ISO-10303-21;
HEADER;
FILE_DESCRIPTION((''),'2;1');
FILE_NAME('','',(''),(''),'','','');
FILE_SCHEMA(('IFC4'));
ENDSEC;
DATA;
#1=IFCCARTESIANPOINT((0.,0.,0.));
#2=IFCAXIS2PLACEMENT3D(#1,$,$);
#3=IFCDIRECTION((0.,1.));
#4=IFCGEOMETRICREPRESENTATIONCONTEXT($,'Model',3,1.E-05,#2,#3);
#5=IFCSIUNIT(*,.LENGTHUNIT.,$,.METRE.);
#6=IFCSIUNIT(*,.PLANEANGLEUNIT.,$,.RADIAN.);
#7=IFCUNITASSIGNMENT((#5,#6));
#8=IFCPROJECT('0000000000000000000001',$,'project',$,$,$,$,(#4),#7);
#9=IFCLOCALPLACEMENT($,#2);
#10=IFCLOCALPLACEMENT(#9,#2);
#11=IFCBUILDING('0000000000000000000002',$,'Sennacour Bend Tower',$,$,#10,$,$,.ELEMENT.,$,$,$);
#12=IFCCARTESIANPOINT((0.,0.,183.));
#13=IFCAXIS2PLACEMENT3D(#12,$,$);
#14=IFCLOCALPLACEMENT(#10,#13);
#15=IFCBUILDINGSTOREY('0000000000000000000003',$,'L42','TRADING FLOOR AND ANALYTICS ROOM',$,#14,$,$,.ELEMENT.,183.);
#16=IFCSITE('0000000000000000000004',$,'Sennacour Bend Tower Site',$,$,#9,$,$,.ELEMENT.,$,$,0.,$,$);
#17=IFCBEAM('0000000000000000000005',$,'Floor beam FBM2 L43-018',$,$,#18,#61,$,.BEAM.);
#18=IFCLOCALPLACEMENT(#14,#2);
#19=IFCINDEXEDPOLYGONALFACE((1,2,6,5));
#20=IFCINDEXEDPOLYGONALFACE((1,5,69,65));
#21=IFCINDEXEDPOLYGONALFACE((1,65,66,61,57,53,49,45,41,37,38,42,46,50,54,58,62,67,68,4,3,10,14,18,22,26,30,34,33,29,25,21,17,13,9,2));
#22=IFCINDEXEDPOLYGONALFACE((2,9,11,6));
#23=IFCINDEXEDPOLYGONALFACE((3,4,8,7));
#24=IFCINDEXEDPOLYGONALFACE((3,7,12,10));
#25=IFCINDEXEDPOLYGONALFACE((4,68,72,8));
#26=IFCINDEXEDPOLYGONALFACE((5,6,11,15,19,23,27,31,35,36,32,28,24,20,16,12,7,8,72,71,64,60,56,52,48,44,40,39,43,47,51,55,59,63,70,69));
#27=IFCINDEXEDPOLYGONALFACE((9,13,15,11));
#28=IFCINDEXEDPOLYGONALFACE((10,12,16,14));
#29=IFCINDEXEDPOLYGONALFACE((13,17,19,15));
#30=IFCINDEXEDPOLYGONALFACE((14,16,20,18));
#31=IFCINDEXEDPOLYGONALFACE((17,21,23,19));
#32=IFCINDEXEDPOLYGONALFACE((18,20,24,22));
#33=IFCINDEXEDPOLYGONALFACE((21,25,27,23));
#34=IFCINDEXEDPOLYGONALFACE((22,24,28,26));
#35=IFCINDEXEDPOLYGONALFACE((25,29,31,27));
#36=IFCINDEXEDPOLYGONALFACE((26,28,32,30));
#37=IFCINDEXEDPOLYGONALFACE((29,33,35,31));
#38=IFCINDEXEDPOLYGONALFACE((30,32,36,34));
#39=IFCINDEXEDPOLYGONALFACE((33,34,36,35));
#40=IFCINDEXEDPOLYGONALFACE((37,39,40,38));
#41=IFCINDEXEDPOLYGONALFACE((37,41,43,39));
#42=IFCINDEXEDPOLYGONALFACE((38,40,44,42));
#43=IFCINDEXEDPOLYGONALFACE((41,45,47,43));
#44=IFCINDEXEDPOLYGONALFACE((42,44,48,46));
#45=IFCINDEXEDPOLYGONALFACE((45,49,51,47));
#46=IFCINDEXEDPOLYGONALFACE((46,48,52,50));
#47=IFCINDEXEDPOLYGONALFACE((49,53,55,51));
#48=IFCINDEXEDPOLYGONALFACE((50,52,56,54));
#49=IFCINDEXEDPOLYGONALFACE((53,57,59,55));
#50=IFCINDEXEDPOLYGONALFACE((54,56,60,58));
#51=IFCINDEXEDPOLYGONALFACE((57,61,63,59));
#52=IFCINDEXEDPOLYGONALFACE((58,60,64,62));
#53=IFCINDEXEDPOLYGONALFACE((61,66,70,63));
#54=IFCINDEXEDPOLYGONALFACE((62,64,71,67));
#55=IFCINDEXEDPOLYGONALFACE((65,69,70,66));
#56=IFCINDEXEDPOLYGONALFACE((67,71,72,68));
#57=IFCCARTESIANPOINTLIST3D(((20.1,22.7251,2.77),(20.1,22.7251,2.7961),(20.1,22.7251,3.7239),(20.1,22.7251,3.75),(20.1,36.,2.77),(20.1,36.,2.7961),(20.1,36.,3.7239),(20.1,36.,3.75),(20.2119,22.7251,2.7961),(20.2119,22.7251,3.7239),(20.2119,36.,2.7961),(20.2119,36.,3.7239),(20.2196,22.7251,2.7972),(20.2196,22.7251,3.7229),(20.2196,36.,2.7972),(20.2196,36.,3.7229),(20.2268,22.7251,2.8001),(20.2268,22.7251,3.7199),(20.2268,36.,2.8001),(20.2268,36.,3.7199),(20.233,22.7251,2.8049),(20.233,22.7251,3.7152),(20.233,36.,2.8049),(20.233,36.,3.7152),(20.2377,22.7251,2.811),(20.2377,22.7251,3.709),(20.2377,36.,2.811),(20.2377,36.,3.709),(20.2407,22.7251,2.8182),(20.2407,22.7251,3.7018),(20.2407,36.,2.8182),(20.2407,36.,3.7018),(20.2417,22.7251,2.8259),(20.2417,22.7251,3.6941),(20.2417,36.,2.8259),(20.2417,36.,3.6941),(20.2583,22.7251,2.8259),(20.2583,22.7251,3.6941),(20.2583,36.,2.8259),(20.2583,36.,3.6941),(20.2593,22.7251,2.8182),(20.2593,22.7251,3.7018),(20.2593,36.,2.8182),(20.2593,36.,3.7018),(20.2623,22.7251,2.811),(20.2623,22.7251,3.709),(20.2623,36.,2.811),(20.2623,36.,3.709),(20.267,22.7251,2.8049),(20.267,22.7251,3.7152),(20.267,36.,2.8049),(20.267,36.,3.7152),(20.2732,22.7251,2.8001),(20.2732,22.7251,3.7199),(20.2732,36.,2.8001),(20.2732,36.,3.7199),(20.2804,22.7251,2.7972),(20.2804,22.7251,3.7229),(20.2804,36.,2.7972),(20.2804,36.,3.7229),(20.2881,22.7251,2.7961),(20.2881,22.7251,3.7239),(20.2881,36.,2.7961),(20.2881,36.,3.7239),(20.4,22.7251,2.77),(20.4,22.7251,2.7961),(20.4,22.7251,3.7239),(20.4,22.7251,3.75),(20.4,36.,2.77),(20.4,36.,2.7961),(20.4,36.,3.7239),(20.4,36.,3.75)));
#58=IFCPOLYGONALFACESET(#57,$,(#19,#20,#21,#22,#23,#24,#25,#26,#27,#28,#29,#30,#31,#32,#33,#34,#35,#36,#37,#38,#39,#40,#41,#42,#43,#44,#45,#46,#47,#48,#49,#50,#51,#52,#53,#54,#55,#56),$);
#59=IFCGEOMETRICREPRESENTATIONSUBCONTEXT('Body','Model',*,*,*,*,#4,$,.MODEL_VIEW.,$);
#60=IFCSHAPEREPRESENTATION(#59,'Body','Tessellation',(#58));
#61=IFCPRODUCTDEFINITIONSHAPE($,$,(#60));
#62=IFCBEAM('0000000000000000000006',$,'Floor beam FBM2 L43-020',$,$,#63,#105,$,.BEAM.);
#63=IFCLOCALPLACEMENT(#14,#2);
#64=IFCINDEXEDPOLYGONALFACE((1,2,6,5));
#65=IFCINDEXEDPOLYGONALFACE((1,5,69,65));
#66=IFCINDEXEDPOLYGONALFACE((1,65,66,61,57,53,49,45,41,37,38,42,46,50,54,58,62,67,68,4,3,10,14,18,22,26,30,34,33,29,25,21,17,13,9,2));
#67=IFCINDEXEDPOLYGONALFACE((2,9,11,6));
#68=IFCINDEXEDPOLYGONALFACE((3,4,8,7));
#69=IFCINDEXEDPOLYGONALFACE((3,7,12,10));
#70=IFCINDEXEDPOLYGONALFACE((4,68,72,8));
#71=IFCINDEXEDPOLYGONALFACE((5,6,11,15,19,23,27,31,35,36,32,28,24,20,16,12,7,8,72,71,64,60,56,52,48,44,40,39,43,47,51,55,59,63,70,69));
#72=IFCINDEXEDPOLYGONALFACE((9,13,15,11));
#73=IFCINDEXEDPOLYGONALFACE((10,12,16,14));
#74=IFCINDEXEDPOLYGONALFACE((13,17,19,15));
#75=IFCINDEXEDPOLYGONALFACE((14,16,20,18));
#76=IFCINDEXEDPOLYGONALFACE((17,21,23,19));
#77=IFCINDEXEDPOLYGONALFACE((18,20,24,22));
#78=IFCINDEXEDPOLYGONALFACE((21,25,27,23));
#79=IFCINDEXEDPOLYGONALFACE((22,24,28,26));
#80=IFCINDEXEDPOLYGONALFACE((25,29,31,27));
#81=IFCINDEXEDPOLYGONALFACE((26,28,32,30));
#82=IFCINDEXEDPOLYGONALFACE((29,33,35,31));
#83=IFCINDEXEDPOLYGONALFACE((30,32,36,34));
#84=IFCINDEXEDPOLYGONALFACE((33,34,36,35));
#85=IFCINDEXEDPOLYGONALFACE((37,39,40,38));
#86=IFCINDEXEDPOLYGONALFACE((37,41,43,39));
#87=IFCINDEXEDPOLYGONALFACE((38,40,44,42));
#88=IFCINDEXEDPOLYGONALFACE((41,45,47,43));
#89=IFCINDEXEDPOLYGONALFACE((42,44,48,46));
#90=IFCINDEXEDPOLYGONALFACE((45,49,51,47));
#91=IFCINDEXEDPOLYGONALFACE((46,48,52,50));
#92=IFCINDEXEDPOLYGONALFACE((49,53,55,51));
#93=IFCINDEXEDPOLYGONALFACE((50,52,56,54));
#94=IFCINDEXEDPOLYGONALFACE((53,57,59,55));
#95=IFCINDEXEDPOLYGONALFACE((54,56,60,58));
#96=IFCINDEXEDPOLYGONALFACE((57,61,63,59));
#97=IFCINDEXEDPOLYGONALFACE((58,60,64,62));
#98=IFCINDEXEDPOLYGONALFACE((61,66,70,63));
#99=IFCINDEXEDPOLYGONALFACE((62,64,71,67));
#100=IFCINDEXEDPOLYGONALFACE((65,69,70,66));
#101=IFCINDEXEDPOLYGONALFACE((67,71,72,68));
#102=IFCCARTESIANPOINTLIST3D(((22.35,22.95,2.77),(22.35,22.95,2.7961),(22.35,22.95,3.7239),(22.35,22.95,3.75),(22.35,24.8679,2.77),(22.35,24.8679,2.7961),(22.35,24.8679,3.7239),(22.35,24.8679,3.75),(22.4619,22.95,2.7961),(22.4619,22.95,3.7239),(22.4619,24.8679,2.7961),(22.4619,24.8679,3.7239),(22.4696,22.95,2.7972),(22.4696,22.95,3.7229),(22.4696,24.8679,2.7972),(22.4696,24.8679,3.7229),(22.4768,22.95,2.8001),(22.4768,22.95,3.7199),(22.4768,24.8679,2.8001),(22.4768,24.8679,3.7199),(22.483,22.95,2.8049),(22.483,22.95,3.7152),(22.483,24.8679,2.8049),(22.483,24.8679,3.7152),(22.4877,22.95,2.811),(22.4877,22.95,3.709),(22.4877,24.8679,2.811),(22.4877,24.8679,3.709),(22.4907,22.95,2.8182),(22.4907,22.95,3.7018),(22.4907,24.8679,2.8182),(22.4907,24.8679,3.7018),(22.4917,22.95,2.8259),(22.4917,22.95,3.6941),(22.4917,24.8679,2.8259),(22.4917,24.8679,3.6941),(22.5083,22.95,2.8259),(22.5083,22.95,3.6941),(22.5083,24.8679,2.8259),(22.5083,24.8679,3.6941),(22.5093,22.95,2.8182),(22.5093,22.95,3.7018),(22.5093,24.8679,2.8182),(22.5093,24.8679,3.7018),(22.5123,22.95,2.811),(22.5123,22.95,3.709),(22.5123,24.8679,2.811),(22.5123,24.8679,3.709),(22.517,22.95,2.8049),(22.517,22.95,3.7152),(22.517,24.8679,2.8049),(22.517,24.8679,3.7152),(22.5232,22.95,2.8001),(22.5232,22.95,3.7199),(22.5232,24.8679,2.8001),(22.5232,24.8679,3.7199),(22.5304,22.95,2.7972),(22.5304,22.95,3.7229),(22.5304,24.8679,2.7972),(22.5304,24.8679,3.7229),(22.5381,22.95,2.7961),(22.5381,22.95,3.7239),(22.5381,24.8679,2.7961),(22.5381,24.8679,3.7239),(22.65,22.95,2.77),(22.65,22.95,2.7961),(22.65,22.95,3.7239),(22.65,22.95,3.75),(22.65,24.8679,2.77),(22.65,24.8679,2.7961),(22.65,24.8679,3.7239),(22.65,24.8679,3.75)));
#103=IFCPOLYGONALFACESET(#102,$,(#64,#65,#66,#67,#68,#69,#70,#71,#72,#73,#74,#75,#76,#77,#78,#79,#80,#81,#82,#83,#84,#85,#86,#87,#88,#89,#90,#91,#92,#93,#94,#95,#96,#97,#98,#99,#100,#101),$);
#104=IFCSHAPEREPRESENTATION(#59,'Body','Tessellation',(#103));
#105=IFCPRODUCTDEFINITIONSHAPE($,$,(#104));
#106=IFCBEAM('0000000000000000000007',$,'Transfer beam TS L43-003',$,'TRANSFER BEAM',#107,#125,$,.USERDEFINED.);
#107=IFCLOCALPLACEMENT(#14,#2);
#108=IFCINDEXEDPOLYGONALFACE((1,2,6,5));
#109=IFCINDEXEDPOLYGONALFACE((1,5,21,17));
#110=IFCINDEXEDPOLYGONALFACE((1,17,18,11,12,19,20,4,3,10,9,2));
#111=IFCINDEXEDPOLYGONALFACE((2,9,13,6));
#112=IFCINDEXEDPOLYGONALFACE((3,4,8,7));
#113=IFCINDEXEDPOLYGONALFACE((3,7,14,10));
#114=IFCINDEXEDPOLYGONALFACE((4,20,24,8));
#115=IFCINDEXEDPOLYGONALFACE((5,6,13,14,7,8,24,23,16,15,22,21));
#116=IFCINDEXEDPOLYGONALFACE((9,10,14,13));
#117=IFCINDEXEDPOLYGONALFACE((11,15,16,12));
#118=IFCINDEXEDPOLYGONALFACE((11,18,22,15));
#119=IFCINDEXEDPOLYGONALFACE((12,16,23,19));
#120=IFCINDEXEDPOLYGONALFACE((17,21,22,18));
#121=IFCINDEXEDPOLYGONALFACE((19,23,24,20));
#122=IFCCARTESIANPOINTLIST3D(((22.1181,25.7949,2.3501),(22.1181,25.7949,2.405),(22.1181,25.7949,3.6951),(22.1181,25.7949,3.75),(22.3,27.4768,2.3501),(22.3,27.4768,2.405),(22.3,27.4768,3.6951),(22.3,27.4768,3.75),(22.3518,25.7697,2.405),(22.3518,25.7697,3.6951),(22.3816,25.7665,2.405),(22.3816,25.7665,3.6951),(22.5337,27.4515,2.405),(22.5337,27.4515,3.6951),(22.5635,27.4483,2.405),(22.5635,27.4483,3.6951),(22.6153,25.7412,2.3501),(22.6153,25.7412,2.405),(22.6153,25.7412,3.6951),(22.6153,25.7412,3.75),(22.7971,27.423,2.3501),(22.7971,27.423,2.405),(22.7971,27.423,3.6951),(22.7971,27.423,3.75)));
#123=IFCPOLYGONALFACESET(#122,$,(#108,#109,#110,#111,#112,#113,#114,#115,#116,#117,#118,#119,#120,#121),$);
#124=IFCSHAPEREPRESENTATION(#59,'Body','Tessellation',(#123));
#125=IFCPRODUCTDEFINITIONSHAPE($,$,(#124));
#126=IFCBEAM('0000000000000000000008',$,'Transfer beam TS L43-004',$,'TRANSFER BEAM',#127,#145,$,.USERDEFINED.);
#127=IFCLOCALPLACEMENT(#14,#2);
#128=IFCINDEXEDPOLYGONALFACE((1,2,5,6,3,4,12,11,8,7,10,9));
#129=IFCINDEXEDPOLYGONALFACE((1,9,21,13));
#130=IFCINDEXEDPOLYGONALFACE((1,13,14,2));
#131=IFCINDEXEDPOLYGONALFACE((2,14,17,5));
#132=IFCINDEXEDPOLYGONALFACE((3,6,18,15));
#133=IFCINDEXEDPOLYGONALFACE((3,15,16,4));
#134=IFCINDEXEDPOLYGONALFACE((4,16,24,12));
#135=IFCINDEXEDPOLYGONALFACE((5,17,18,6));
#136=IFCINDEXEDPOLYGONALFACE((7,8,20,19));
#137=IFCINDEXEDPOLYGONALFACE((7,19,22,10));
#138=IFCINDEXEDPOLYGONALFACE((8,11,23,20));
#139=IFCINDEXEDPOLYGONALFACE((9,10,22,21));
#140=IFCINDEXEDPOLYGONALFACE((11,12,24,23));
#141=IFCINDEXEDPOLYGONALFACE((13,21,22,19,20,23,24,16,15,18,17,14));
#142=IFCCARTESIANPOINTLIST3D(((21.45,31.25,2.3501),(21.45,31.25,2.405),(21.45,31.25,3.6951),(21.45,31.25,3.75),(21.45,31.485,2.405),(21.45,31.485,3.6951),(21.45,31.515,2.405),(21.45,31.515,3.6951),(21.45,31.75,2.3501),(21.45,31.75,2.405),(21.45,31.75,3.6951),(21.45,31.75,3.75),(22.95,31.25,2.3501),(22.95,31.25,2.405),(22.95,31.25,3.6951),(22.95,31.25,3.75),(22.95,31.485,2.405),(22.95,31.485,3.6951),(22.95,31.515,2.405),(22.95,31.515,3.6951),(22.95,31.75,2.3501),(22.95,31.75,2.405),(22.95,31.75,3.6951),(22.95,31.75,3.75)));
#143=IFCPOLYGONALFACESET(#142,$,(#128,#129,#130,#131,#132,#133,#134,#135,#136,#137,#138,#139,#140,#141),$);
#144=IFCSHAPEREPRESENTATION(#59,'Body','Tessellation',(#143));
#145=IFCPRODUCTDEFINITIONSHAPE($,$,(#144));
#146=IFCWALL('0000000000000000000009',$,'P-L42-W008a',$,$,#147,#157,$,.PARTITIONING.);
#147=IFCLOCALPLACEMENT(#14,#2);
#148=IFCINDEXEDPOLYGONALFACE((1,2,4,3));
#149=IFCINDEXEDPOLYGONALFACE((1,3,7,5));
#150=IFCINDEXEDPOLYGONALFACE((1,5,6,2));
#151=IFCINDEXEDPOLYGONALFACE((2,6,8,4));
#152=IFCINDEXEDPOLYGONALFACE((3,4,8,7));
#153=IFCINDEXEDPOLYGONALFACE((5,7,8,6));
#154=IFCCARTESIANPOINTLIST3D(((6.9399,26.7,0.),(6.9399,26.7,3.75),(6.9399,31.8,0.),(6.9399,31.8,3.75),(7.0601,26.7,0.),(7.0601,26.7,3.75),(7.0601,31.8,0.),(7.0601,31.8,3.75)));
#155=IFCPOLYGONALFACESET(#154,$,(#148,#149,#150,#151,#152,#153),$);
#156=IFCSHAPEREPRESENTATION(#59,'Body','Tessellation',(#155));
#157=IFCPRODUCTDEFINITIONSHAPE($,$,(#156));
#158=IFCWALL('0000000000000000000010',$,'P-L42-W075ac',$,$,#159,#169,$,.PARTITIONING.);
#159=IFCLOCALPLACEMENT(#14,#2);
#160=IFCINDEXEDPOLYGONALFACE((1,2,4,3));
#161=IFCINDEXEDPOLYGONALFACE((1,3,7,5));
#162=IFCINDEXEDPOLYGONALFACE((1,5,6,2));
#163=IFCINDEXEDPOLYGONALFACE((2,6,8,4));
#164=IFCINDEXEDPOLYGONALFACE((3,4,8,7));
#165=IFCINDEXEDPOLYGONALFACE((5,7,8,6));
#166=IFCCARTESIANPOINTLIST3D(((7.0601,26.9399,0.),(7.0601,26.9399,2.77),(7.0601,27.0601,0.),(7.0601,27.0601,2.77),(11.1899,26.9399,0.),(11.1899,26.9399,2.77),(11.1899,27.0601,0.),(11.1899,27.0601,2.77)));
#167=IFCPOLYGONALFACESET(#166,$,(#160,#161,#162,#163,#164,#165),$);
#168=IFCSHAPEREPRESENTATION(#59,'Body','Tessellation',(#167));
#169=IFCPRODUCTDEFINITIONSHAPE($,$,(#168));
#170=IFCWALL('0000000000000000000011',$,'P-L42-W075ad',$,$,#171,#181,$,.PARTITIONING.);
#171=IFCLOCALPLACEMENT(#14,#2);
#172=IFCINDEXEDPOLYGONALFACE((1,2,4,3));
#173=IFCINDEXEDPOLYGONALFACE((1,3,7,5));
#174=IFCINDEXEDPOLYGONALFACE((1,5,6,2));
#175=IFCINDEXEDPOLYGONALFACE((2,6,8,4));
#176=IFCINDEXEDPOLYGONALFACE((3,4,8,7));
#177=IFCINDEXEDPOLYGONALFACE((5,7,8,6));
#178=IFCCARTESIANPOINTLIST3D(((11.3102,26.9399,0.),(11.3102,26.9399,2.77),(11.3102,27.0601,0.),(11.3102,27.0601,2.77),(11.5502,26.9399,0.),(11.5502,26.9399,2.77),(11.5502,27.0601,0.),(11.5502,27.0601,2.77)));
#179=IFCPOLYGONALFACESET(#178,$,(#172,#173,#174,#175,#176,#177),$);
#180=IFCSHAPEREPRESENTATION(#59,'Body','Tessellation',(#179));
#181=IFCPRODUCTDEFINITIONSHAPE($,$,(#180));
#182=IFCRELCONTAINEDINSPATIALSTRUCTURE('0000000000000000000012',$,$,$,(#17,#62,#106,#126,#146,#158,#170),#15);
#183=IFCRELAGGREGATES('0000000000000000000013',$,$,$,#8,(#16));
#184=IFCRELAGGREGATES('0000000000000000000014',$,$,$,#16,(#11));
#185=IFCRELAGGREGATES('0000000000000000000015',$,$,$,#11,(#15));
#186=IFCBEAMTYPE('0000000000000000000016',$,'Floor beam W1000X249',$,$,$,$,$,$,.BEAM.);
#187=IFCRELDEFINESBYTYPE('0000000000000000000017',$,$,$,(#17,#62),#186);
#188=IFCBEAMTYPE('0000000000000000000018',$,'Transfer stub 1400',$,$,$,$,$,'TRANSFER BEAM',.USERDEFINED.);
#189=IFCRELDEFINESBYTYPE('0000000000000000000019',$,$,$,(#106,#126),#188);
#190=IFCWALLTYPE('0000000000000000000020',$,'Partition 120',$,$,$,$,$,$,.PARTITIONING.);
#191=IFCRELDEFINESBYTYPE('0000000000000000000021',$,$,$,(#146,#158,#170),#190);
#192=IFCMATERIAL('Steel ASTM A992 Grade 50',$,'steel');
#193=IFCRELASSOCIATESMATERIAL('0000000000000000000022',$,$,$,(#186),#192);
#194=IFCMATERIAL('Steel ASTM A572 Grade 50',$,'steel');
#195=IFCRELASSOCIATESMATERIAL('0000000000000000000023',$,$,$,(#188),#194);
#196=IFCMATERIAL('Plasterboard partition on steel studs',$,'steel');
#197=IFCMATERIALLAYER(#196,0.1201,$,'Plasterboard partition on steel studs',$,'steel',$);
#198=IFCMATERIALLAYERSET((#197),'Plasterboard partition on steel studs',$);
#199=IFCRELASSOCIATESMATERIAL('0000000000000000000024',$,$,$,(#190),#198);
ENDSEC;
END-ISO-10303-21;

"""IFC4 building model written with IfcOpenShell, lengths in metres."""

from ifc_helpers import new_model, si_unit, direction, frame, frame_2d, origin, origin_2d, place, context, subcontext, project, spatial, rectangle, i_section, extrude, material, layer, layer_set, material_profile, profile_set, type_object, element, save


model = new_model("IFC4")

# Units and contexts
model_context = context("Model", 3, precision=1e-05, world=origin(), true_north=direction((0.0, 1.0)))
body_context = subcontext(model_context, "Body", "Model", "MODEL_VIEW")
ifc_project = project(units=[si_unit("LENGTHUNIT", "METRE"), si_unit("PLANEANGLEUNIT", "RADIAN")], contexts=[model_context])

# Site, building, storey
site_placement = place(None, origin())
site = spatial("IfcSite", under=ifc_project, at=site_placement, Name="Sennacour Bend Tower Site", CompositionType="ELEMENT", RefElevation=0.0)
building_placement = place(site_placement, origin())
building = spatial("IfcBuilding", under=site, at=building_placement, Name="Sennacour Bend Tower", CompositionType="ELEMENT")
storey_placement = place(building_placement, frame((0.0, 0.0, 183.0)))
storey = spatial("IfcBuildingStorey", under=building, at=storey_placement, Name="L42", Description="TRADING FLOOR AND ANALYTICS ROOM", CompositionType="ELEMENT", Elevation=183.0)

# Shared definitions
ifc_material_1 = material(Name="Steel ASTM A572 Grade 50", Category="steel")

# Beams
ifc_material_2 = material(Name="Steel ASTM A992 Grade 50", Category="steel")
ifc_material_profile_1 = material_profile(ifc_material_2, i_section(OverallWidth=0.3, OverallDepth=0.98, WebThickness=0.0166, FlangeThickness=0.0261, FilletRadius=0.0298, at=origin_2d()), Name="Steel ASTM A992 Grade 50", Category="steel")
ifc_profile_set_1 = profile_set([ifc_material_profile_1], Name="Steel ASTM A992 Grade 50")
beam_type_1 = type_object("IfcBeamType", Name="Floor beam W1000X249", PredefinedType="BEAM", material=ifc_profile_set_1)
for number, where, z_axis, x_axis, name in (
    (1, (20.25, 22.7251, 3.26), (0.0, 1.0, 0.0), (-1.0, 0.0, 0.0), "Floor beam FBM2 L43-018"),
):
    element("IfcBeam", number, at=place(storey_placement, frame(where, z_axis=z_axis, x_axis=x_axis)), inside=storey, type_object=beam_type_1, Name=name, PredefinedType="BEAM", context=body_context, shape_type="SweptSolid", body=[
        extrude(i_section(OverallWidth=0.3, OverallDepth=0.98, WebThickness=0.0166, FlangeThickness=0.0261, FilletRadius=0.0298, at=origin_2d()), origin(), (0.0, 0.0, 1.0), 13.2749),
    ])
beam_1_placement = place(storey_placement, frame((22.5, 22.95, 3.26), z_axis=(0.0, 1.0, 0.0), x_axis=(-1.0, 0.0, 0.0)))
element("IfcBeam", 2, at=beam_1_placement, inside=storey, type_object=beam_type_1, Name="Floor beam FBM2 L43-020", PredefinedType="BEAM", context=body_context, shape_type="SweptSolid", body=[
    extrude(i_section(OverallWidth=0.3, OverallDepth=0.98, WebThickness=0.0166, FlangeThickness=0.0261, FilletRadius=0.0298, at=origin_2d()), origin(), (0.0, 0.0, 1.0), 1.918),
])
ifc_material_profile_2 = material_profile(ifc_material_1, i_section(OverallWidth=0.5, OverallDepth=1.3999, WebThickness=0.03, FlangeThickness=0.0549, at=origin_2d()), Name="Steel ASTM A572 Grade 50", Category="steel")
ifc_profile_set_2 = profile_set([ifc_material_profile_2], Name="Steel ASTM A572 Grade 50")
beam_type_2 = type_object("IfcBeamType", Name="Transfer stub 1400", ElementType="TRANSFER BEAM", PredefinedType="USERDEFINED", material=ifc_profile_set_2)
beam_2_placement = place(storey_placement, frame((22.3667, 25.7681, 3.05), z_axis=(0.107517, 0.994203, 0.0), x_axis=(-0.994203, 0.107517, 0.0)))
element("IfcBeam", 3, at=beam_2_placement, inside=storey, type_object=beam_type_2, Name="Transfer beam TS L43-003", ObjectType="TRANSFER BEAM", PredefinedType="USERDEFINED", context=body_context, shape_type="SweptSolid", body=[
    extrude(i_section(OverallWidth=0.5, OverallDepth=1.3999, WebThickness=0.03, FlangeThickness=0.0549, at=origin_2d()), origin(), (0.0, 0.0, 1.0), 1.6917),
])
beam_3_placement = place(storey_placement, frame((21.45, 31.5, 3.05), z_axis=(1.0, 0.0, 0.0), x_axis=(0.0, 1.0, 0.0)))
element("IfcBeam", 4, at=beam_3_placement, inside=storey, type_object=beam_type_2, Name="Transfer beam TS L43-004", ObjectType="TRANSFER BEAM", PredefinedType="USERDEFINED", context=body_context, shape_type="SweptSolid", body=[
    extrude(i_section(OverallWidth=0.5, OverallDepth=1.3999, WebThickness=0.03, FlangeThickness=0.0549, at=origin_2d()), origin(), (0.0, 0.0, 1.0), 1.5),
])

# Walls
ifc_material_3 = material(Name="Plasterboard partition on steel studs", Category="steel")
ifc_layer_1 = layer(ifc_material_3, 0.1201, Name="Plasterboard partition on steel studs", Category="steel")
ifc_layer_set_1 = layer_set([ifc_layer_1], Name="Plasterboard partition on steel studs")
wall_type_1 = type_object("IfcWallType", Name="Partition 120", PredefinedType="PARTITIONING", material=ifc_layer_set_1)
wall_1_placement = place(storey_placement, frame((7.0, 26.7, 0.0), z_axis=(0.0, 0.0, 1.0), x_axis=(0.0, 1.0, 0.0)))
element("IfcWall", 5, at=wall_1_placement, inside=storey, type_object=wall_type_1, Name="P-L42-W008a", PredefinedType="PARTITIONING", context=body_context, shape_type="SweptSolid", body=[
    extrude(rectangle(XDim=5.1001, YDim=0.1201, at=frame_2d((2.55, 0.0))), origin(), (0.0, 0.0, 1.0), 3.75),
])
wall_2_placement = place(storey_placement, frame((7.0601, 27.0, 0.0), z_axis=(0.0, 0.0, 1.0), x_axis=(1.0, 0.0, 0.0)))
element("IfcWall", 6, at=wall_2_placement, inside=storey, type_object=wall_type_1, Name="P-L42-W075ac", PredefinedType="PARTITIONING", context=body_context, shape_type="SweptSolid", body=[
    extrude(rectangle(XDim=4.1299, YDim=0.1201, at=frame_2d((2.0649, 0.0))), origin(), (0.0, 0.0, 1.0), 2.77),
])
wall_3_placement = place(storey_placement, frame((11.3101, 27.0, 0.0), z_axis=(0.0, 0.0, 1.0), x_axis=(1.0, 0.0, 0.0)))
element("IfcWall", 7, at=wall_3_placement, inside=storey, type_object=wall_type_1, Name="P-L42-W075ad", PredefinedType="PARTITIONING", context=body_context, shape_type="SweptSolid", body=[
    extrude(rectangle(XDim=0.24, YDim=0.1201, at=frame_2d((0.1201, 0.0))), origin(), (0.0, 0.0, 1.0), 2.77),
])

save(model, "model.ifc")
